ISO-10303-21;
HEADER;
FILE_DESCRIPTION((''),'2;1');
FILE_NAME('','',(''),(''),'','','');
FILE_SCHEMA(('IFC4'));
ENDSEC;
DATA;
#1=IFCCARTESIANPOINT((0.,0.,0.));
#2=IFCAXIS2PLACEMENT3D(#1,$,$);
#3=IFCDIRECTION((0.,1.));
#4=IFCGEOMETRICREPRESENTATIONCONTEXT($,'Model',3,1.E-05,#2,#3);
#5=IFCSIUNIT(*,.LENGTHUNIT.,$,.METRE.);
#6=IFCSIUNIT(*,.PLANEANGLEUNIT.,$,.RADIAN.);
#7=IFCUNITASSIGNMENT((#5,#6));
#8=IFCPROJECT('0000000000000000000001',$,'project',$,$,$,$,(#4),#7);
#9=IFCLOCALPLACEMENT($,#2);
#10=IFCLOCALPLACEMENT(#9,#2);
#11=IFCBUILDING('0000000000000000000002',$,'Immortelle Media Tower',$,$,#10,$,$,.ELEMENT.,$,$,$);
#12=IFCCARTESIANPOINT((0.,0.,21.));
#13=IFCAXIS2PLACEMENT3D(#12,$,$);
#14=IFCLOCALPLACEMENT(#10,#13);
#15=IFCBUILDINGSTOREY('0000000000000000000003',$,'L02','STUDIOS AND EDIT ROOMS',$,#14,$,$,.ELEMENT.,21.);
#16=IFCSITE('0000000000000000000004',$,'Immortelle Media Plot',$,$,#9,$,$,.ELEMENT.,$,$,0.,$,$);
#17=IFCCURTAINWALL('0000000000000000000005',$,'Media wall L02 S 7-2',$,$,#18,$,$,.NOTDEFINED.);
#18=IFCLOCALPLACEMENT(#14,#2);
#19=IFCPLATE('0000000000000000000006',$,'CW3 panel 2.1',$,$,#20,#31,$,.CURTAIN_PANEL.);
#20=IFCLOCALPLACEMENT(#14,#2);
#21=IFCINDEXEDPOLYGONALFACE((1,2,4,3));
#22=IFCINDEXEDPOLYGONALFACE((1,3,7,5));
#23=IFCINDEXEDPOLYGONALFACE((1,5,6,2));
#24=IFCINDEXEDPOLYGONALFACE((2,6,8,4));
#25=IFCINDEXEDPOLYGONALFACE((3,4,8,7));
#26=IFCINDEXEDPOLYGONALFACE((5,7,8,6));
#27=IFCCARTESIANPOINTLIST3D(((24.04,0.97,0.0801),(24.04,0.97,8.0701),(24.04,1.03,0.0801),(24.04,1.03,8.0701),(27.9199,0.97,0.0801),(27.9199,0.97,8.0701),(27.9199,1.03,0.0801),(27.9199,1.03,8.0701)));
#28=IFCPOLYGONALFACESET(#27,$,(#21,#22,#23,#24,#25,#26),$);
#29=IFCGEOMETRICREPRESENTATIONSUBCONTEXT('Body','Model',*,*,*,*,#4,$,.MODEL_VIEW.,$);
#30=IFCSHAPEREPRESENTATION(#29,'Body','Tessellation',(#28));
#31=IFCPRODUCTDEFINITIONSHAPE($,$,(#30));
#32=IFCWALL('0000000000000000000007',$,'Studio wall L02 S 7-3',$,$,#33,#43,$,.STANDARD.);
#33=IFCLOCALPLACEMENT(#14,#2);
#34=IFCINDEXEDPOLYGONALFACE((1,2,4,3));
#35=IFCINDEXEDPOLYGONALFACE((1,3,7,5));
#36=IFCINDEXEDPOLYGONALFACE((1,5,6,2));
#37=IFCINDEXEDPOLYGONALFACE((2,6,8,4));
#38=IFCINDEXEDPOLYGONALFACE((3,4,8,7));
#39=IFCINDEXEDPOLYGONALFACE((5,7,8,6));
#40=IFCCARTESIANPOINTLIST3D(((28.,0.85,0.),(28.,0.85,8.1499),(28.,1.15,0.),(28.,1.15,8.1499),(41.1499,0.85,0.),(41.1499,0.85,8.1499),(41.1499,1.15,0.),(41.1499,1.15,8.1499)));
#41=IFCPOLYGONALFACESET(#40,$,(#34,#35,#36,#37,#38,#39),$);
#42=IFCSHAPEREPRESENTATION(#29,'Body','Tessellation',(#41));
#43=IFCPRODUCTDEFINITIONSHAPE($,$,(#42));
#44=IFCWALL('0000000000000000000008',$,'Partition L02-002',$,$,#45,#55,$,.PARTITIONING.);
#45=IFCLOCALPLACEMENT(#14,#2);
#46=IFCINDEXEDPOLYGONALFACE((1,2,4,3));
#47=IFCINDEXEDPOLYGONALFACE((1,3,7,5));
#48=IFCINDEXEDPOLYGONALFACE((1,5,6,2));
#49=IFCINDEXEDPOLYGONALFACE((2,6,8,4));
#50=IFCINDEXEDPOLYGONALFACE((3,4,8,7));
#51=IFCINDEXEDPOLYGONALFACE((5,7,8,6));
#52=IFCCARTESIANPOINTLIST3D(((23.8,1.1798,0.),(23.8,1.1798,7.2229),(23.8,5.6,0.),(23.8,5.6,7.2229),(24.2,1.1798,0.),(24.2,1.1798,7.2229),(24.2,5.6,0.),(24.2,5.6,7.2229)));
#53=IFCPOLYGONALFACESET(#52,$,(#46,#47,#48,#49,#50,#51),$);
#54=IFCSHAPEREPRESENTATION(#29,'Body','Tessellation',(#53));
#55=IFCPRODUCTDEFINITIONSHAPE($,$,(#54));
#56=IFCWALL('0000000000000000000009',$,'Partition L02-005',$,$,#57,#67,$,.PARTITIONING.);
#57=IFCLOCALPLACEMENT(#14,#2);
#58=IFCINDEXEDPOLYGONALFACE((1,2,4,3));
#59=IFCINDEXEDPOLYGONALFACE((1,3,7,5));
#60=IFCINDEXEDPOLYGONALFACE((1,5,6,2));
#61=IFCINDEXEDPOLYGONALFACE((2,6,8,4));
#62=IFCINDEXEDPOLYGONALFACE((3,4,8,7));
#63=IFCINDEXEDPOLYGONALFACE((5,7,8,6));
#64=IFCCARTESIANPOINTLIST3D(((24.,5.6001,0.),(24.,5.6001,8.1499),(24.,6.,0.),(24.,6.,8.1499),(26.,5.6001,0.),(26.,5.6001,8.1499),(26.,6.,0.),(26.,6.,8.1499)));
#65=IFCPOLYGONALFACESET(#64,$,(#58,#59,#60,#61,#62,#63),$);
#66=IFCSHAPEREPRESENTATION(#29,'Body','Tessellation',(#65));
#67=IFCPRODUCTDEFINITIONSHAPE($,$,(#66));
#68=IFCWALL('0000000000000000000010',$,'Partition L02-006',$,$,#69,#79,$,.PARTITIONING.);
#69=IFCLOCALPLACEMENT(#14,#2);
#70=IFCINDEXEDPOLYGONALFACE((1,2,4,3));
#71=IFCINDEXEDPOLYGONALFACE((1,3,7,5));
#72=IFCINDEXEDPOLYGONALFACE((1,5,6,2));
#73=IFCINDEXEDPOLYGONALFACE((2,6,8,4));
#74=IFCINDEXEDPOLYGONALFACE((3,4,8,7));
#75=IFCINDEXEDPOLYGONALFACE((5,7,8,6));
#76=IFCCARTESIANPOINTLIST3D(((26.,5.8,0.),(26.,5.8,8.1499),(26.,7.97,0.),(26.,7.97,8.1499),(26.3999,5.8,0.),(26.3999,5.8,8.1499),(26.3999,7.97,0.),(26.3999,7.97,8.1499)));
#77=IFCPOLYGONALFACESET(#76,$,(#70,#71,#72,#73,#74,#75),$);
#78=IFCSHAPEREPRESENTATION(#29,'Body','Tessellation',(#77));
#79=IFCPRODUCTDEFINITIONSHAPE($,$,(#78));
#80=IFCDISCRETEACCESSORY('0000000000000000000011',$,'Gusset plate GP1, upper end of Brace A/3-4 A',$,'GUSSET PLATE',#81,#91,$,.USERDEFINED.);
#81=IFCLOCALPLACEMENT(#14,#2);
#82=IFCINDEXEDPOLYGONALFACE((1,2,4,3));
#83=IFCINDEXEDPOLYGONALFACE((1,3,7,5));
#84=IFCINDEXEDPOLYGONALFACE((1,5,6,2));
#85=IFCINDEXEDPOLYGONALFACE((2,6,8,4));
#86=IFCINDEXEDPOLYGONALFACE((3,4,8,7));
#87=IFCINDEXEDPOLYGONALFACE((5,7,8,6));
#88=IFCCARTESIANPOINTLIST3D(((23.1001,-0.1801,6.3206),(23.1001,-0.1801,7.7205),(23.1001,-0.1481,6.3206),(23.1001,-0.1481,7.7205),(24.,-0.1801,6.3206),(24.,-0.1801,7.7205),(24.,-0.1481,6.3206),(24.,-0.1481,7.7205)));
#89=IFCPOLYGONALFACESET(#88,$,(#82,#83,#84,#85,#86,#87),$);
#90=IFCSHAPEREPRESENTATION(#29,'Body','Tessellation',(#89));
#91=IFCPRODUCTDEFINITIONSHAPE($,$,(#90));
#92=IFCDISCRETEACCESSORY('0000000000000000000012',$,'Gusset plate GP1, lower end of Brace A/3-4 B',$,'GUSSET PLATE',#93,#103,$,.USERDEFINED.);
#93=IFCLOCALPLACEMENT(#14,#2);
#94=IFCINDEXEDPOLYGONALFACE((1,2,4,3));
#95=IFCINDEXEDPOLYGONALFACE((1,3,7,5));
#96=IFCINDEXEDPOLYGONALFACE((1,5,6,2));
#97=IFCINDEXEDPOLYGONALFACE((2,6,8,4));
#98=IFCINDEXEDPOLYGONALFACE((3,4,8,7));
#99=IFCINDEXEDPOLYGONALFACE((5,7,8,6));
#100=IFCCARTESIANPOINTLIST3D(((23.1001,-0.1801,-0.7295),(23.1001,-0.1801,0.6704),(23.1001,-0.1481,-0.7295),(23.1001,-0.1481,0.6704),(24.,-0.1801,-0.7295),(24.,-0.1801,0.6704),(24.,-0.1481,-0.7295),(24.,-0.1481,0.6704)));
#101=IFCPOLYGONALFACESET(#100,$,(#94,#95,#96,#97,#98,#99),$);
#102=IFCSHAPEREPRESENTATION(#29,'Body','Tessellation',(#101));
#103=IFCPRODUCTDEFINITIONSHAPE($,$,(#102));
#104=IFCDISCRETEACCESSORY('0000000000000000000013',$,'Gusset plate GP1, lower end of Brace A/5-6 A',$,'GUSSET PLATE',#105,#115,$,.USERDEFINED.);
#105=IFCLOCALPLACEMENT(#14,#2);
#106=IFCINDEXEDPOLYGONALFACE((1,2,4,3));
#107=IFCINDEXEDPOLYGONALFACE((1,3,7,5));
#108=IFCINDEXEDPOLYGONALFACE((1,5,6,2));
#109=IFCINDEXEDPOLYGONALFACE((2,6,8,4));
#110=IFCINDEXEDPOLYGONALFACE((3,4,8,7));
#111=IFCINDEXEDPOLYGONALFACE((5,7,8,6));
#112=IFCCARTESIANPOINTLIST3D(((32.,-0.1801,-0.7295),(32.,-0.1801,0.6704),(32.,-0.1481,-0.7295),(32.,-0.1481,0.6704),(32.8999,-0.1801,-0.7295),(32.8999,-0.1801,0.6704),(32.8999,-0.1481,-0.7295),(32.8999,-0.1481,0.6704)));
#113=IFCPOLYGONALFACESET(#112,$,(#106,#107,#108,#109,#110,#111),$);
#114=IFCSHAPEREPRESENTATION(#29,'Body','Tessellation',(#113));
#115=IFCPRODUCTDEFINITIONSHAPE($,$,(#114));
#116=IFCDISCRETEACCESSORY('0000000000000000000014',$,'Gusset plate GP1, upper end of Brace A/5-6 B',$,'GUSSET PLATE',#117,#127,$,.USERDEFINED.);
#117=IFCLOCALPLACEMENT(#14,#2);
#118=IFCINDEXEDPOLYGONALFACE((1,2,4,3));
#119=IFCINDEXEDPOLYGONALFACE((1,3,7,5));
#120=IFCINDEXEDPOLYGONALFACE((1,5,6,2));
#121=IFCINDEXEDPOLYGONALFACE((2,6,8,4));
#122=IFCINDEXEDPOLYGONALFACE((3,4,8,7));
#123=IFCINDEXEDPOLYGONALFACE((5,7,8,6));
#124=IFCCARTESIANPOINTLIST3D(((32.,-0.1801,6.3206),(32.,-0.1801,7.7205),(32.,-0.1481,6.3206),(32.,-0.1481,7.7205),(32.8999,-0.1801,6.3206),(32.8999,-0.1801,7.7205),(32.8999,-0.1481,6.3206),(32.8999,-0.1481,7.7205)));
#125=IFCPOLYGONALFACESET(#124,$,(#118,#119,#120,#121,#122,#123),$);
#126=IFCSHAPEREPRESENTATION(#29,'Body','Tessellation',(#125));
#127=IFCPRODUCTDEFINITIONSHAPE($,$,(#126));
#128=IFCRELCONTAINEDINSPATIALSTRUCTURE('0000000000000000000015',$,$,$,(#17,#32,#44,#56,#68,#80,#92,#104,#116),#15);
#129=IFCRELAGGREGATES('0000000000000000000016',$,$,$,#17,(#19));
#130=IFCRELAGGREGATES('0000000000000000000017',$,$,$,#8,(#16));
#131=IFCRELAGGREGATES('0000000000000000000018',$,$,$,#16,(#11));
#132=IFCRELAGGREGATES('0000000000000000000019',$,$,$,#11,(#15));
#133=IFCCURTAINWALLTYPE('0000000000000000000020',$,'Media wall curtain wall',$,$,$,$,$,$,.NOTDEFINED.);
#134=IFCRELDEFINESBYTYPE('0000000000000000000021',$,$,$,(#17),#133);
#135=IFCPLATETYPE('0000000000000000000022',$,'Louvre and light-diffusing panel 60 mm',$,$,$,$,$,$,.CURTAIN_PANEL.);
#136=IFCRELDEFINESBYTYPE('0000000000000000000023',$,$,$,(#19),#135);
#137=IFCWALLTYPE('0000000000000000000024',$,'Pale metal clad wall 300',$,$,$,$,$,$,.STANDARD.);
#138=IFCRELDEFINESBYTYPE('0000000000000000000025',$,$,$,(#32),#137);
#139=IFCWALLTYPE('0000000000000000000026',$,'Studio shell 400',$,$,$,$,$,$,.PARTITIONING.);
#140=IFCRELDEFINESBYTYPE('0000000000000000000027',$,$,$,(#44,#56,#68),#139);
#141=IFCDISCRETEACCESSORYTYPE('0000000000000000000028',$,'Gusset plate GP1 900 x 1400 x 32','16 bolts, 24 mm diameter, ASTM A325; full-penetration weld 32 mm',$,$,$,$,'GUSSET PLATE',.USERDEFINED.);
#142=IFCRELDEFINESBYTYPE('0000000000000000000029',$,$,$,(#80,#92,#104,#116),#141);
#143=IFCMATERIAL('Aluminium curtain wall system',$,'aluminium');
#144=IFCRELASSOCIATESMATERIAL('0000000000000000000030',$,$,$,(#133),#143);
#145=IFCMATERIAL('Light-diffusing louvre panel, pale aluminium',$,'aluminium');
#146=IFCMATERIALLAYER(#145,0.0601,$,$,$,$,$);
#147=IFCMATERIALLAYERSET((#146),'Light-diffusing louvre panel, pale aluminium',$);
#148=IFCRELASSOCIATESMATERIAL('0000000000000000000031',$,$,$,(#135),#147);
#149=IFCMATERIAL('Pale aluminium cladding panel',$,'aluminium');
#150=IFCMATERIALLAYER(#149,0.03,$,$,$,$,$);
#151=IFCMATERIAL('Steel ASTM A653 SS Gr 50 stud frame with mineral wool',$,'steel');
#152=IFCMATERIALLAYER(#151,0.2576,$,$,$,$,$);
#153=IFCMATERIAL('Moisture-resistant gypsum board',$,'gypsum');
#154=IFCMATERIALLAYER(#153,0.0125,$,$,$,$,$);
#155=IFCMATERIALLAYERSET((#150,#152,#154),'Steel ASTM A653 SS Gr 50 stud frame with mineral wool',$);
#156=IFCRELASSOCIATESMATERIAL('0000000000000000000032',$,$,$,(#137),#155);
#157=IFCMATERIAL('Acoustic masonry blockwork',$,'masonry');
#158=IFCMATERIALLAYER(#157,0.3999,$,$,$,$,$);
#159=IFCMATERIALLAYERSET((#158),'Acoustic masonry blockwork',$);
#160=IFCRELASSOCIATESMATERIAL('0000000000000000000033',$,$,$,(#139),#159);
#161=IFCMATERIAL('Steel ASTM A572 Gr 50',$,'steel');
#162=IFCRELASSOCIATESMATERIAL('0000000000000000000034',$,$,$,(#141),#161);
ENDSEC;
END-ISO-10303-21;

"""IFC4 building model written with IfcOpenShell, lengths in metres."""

from ifc_helpers import new_model, si_unit, direction, frame, frame_2d, origin, origin_2d, place, context, subcontext, project, spatial, rectangle, extrude, material, layer, layer_set, material_profile, profile_set, type_object, element, aggregate, save


model = new_model("IFC4")

# Units and contexts
model_context = context("Model", 3, precision=1e-05, world=origin(), true_north=direction((0.0, 1.0)))
body_context = subcontext(model_context, "Body", "Model", "MODEL_VIEW")
ifc_project = project(units=[si_unit("LENGTHUNIT", "METRE"), si_unit("PLANEANGLEUNIT", "RADIAN")], contexts=[model_context])

# Site, building, storey
site_placement = place(None, origin())
site = spatial("IfcSite", under=ifc_project, at=site_placement, Name="Immortelle Media Plot", CompositionType="ELEMENT", RefElevation=0.0)
building_placement = place(site_placement, origin())
building = spatial("IfcBuilding", under=site, at=building_placement, Name="Immortelle Media Tower", CompositionType="ELEMENT")
storey_placement = place(building_placement, frame((0.0, 0.0, 21.0)))
storey = spatial("IfcBuildingStorey", under=building, at=storey_placement, Name="L02", Description="STUDIOS AND EDIT ROOMS", CompositionType="ELEMENT", Elevation=21.0)

# Curtain wall
ifc_material_1 = material(Name="Aluminium curtain wall system", Category="aluminium")
curtain_wall_type = type_object("IfcCurtainWallType", Name="Media wall curtain wall", PredefinedType="NOTDEFINED", material=ifc_material_1)
curtain_wall_placement = place(storey_placement, origin())
curtain_wall = element("IfcCurtainWall", 1, at=curtain_wall_placement, inside=storey, type_object=curtain_wall_type, Name="Media wall L02 S 7-2", PredefinedType="NOTDEFINED")

# Plate
ifc_material_2 = material(Name="Light-diffusing louvre panel, pale aluminium", Category="aluminium")
ifc_layer_1 = layer(ifc_material_2, 0.0601)
ifc_layer_set_1 = layer_set([ifc_layer_1], Name="Light-diffusing louvre panel, pale aluminium")
plate_type = type_object("IfcPlateType", Name="Louvre and light-diffusing panel 60 mm", PredefinedType="CURTAIN_PANEL", material=ifc_layer_set_1)
plate_1_placement = place(storey_placement, frame((25.98, 1.0, 0.0801), z_axis=(0.0, 0.0, 1.0), x_axis=(1.0, 0.0, 0.0)))
plate_1 = element("IfcPlate", 2, at=plate_1_placement, type_object=plate_type, Name="CW3 panel 2.1", PredefinedType="CURTAIN_PANEL", context=body_context, shape_type="SweptSolid", body=[
    extrude(rectangle(XDim=3.8799, YDim=0.0601, at=origin_2d()), origin(), (0.0, 0.0, 1.0), 7.99),
])
aggregate(curtain_wall, [plate_1])

# Walls
ifc_material_3 = material(Name="Pale aluminium cladding panel", Category="aluminium")
ifc_layer_2 = layer(ifc_material_3, 0.03)
ifc_material_4 = material(Name="Steel ASTM A653 SS Gr 50 stud frame with mineral wool", Category="steel")
ifc_layer_3 = layer(ifc_material_4, 0.2576)
ifc_material_5 = material(Name="Moisture-resistant gypsum board", Category="gypsum")
ifc_layer_4 = layer(ifc_material_5, 0.0125)
ifc_layer_set_2 = layer_set([ifc_layer_2, ifc_layer_3, ifc_layer_4], Name="Steel ASTM A653 SS Gr 50 stud frame with mineral wool")
wall_type_1 = type_object("IfcWallType", Name="Pale metal clad wall 300", PredefinedType="STANDARD", material=ifc_layer_set_2)
wall_1_placement = place(storey_placement, frame((28.0, 1.0, 0.0), z_axis=(0.0, 0.0, 1.0), x_axis=(1.0, 0.0, 0.0)))
element("IfcWall", 3, at=wall_1_placement, inside=storey, type_object=wall_type_1, Name="Studio wall L02 S 7-3", PredefinedType="STANDARD", context=body_context, shape_type="SweptSolid", body=[
    extrude(rectangle(XDim=13.1499, YDim=0.3, at=frame_2d((6.575, 0.0))), origin(), (0.0, 0.0, 1.0), 8.1499),
])
ifc_material_6 = material(Name="Acoustic masonry blockwork", Category="masonry")
ifc_layer_5 = layer(ifc_material_6, 0.3999)
ifc_layer_set_3 = layer_set([ifc_layer_5], Name="Acoustic masonry blockwork")
wall_type_2 = type_object("IfcWallType", Name="Studio shell 400", PredefinedType="PARTITIONING", material=ifc_layer_set_3)
wall_2_placement = place(storey_placement, frame((24.0, 1.1799, 0.0), z_axis=(0.0, 0.0, 1.0), x_axis=(0.0, 1.0, 0.0)))
element("IfcWall", 4, at=wall_2_placement, inside=storey, type_object=wall_type_2, Name="Partition L02-002", PredefinedType="PARTITIONING", context=body_context, shape_type="SweptSolid", body=[
    extrude(rectangle(XDim=4.4202, YDim=0.3999, at=frame_2d((2.21, 0.0))), origin(), (0.0, 0.0, 1.0), 7.2229),
])
wall_3_placement = place(storey_placement, frame((24.0, 5.8, 0.0), z_axis=(0.0, 0.0, 1.0), x_axis=(1.0, 0.0, 0.0)))
element("IfcWall", 5, at=wall_3_placement, inside=storey, type_object=wall_type_2, Name="Partition L02-005", PredefinedType="PARTITIONING", context=body_context, shape_type="SweptSolid", body=[
    extrude(rectangle(XDim=2.0, YDim=0.3999, at=frame_2d((1.0, 0.0))), origin(), (0.0, 0.0, 1.0), 8.1499),
])
wall_4_placement = place(storey_placement, frame((26.2, 5.8, 0.0), z_axis=(0.0, 0.0, 1.0), x_axis=(0.0, 1.0, 0.0)))
element("IfcWall", 6, at=wall_4_placement, inside=storey, type_object=wall_type_2, Name="Partition L02-006", PredefinedType="PARTITIONING", context=body_context, shape_type="SweptSolid", body=[
    extrude(rectangle(XDim=2.1699, YDim=0.3999, at=frame_2d((1.085, 0.0))), origin(), (0.0, 0.0, 1.0), 8.1499),
])

# Discrete accessories
ifc_material_7 = material(Name="Steel ASTM A572 Gr 50", Category="steel")
ifc_material_profile_1 = material_profile(ifc_material_7, rectangle(XDim=0.032, YDim=1.3999, at=origin_2d()), Name="PL 32 x 1400")
ifc_profile_set_1 = profile_set([ifc_material_profile_1], Name="Steel ASTM A572 Gr 50")
discrete_accessory_type = type_object("IfcDiscreteAccessoryType", Name="Gusset plate GP1 900 x 1400 x 32", Description="16 bolts, 24 mm diameter, ASTM A325; full-penetration weld 32 mm", ElementType="GUSSET PLATE", PredefinedType="USERDEFINED", material=ifc_profile_set_1)
for number, where, z_axis, x_axis, name in (
    (7, (24.0, -0.1641, 7.0205), (-1.0, 0.0, 0.0), (0.0, -1.0, 0.0), "Gusset plate GP1, upper end of Brace A/3-4 A"),
    (8, (24.0, -0.1641, -0.0295), (-1.0, 0.0, 0.0), (0.0, -1.0, 0.0), "Gusset plate GP1, lower end of Brace A/3-4 B"),
    (9, (32.0, -0.1641, -0.0295), (1.0, 0.0, 0.0), (0.0, 1.0, 0.0), "Gusset plate GP1, lower end of Brace A/5-6 A"),
    (10, (32.0, -0.1641, 7.0205), (1.0, 0.0, 0.0), (0.0, 1.0, 0.0), "Gusset plate GP1, upper end of Brace A/5-6 B"),
):
    element("IfcDiscreteAccessory", number, at=place(storey_placement, frame(where, z_axis=z_axis, x_axis=x_axis)), inside=storey, type_object=discrete_accessory_type, Name=name, ObjectType="GUSSET PLATE", PredefinedType="USERDEFINED", context=body_context, shape_type="SweptSolid", body=[
        extrude(rectangle(XDim=0.032, YDim=1.3999, at=origin_2d()), origin(), (0.0, 0.0, 1.0), 0.8999),
    ])

save(model, "model.ifc")
